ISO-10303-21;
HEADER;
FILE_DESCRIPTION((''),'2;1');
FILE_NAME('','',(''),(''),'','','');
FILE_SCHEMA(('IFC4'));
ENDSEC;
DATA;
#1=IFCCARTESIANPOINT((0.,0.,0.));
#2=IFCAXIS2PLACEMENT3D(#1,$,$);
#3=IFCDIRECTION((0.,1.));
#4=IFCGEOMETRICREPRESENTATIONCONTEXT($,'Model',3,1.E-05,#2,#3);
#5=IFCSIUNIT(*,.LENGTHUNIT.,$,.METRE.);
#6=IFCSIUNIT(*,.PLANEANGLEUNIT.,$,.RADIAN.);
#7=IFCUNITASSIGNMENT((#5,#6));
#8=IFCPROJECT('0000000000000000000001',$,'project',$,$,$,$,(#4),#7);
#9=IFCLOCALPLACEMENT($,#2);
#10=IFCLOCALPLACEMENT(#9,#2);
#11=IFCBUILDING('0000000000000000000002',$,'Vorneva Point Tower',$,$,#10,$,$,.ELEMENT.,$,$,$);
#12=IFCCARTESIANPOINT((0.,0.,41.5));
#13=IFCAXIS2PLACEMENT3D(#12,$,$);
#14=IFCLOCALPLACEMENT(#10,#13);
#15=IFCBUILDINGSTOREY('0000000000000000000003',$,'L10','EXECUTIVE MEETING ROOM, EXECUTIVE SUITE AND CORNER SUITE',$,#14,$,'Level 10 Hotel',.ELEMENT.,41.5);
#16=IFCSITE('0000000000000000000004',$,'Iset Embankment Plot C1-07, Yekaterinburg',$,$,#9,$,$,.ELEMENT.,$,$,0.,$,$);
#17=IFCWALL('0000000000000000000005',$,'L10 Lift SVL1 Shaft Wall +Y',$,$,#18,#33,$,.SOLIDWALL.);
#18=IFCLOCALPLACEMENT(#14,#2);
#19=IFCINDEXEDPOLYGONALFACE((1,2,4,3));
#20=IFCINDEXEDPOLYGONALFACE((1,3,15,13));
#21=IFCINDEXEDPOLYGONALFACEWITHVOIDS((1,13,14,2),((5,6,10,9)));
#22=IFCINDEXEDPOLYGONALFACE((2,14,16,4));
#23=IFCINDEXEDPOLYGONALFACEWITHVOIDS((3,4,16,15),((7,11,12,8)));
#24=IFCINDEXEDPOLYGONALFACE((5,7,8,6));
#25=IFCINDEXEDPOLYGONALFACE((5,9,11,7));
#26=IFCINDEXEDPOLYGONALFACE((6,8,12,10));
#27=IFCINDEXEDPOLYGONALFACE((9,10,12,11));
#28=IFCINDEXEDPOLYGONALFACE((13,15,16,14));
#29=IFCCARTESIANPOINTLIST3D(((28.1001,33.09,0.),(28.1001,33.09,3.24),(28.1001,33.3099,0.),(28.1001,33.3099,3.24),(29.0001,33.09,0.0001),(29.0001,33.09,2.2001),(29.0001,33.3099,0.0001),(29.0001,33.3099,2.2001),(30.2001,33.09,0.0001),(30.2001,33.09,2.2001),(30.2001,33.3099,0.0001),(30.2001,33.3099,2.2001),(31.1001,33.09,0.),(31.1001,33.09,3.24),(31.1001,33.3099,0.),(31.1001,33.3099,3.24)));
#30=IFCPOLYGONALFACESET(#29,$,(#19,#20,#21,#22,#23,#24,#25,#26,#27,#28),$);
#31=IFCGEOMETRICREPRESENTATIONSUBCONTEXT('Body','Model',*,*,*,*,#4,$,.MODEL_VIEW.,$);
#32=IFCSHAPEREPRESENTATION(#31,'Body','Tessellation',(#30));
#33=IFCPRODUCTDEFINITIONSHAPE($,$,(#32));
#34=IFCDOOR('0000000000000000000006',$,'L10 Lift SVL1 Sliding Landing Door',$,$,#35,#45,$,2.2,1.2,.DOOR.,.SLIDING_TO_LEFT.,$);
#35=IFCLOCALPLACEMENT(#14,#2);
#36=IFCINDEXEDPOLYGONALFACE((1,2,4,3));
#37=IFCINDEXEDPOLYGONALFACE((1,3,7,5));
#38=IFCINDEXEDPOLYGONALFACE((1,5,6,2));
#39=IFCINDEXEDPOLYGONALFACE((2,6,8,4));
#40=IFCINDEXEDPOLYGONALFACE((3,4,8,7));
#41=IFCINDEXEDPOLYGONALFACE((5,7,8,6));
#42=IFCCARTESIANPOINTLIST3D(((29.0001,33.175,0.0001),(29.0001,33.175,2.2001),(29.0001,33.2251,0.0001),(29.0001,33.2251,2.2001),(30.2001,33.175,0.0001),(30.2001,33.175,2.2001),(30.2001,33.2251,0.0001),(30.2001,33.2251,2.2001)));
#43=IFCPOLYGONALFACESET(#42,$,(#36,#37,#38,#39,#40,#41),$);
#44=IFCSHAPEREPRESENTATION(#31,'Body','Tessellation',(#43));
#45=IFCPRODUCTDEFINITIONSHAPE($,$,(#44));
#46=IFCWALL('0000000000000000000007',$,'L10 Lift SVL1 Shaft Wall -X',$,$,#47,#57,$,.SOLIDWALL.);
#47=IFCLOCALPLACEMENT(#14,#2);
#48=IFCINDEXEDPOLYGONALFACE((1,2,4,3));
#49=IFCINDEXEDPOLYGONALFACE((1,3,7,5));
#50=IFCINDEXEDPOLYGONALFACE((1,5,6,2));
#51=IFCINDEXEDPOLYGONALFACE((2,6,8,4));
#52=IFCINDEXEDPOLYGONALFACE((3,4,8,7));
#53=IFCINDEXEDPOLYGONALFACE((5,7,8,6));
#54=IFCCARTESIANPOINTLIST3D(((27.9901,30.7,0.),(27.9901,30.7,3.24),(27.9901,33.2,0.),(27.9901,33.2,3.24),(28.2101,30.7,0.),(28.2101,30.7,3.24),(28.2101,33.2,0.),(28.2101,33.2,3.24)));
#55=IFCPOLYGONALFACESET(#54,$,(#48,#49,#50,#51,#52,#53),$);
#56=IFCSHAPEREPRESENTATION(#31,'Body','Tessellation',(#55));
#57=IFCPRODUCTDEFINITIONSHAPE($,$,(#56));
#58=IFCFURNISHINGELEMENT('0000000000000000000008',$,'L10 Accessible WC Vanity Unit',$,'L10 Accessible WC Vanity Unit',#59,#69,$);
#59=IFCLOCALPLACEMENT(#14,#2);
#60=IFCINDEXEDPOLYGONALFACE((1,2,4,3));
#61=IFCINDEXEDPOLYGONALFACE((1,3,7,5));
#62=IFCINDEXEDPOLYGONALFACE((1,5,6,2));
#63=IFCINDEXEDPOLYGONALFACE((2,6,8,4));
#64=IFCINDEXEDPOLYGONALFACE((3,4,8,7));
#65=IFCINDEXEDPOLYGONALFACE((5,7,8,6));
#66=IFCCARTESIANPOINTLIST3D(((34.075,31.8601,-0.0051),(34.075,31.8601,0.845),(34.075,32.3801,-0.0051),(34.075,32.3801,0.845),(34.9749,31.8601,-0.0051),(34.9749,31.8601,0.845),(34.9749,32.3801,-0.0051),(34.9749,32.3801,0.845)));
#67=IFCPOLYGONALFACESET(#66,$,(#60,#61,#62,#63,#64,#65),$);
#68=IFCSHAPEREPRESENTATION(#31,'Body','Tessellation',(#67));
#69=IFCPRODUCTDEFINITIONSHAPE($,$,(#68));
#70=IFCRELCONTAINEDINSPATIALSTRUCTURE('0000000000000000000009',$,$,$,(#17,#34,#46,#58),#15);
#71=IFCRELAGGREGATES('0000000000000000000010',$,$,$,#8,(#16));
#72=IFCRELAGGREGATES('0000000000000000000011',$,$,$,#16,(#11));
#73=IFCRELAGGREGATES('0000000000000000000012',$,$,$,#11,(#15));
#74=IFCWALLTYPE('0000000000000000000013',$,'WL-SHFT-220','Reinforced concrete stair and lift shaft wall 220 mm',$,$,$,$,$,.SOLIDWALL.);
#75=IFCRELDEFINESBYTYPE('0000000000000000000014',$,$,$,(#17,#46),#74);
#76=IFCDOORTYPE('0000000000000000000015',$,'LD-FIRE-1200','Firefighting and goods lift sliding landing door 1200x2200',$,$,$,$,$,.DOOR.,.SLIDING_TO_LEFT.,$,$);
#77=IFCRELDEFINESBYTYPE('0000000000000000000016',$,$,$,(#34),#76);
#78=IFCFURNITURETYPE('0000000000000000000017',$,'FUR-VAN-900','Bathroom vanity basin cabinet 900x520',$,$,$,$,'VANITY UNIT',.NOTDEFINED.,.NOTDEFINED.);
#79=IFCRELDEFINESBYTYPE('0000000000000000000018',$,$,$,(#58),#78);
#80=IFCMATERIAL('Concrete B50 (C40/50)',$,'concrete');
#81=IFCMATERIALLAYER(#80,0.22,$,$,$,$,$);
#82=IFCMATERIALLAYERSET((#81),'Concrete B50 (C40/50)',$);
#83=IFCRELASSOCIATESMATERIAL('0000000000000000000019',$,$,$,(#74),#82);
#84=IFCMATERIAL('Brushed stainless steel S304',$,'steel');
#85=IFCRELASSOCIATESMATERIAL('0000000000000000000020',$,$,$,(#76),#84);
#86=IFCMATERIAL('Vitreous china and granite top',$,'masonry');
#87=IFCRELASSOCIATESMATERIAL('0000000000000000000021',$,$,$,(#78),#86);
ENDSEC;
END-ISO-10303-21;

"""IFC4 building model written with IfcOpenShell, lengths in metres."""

from ifc_helpers import new_model, si_unit, direction, frame, frame_2d, origin, origin_2d, place, context, subcontext, project, spatial, rectangle, extrude, material, layer, layer_set, type_object, element, fill, save


model = new_model("IFC4")

# Units and contexts
model_context = context("Model", 3, precision=1e-05, world=origin(), true_north=direction((0.0, 1.0)))
body_context = subcontext(model_context, "Body", "Model", "MODEL_VIEW")
ifc_project = project(units=[si_unit("LENGTHUNIT", "METRE"), si_unit("PLANEANGLEUNIT", "RADIAN")], contexts=[model_context])

# Site, building, storey
site_placement = place(None, origin())
site = spatial("IfcSite", under=ifc_project, at=site_placement, Name="Iset Embankment Plot C1-07, Yekaterinburg", CompositionType="ELEMENT", RefElevation=0.0)
building_placement = place(site_placement, origin())
building = spatial("IfcBuilding", under=site, at=building_placement, Name="Vorneva Point Tower", CompositionType="ELEMENT")
storey_placement = place(building_placement, frame((0.0, 0.0, 41.5)))
storey = spatial("IfcBuildingStorey", under=building, at=storey_placement, Name="L10", Description="EXECUTIVE MEETING ROOM, EXECUTIVE SUITE AND CORNER SUITE", LongName="Level 10 Hotel", CompositionType="ELEMENT", Elevation=41.5)

# Shared definitions
ifc_material_1 = material(Name="Concrete B50 (C40/50)", Category="concrete")
ifc_layer_1 = layer(ifc_material_1, 0.22)
ifc_layer_set_1 = layer_set([ifc_layer_1], Name="Concrete B50 (C40/50)")
wall_type_1 = type_object("IfcWallType", Name="WL-SHFT-220", Description="Reinforced concrete stair and lift shaft wall 220 mm", PredefinedType="SOLIDWALL", material=ifc_layer_set_1)

# Wall, opening, door
wall_1_placement = place(storey_placement, frame((31.1001, 33.2, 0.0), z_axis=(0.0, 0.0, 1.0), x_axis=(-1.0, 0.0, 0.0)))
wall_1 = element("IfcWall", 1, at=wall_1_placement, inside=storey, type_object=wall_type_1, Name="L10 Lift SVL1 Shaft Wall +Y", PredefinedType="SOLIDWALL", context=body_context, shape_type="SweptSolid", body=[
    extrude(rectangle(XDim=3.0, YDim=0.22, at=frame_2d((1.5, 0.0))), origin(), (0.0, 0.0, 1.0), 3.24),
])
opening_1_placement = place(wall_1_placement, frame((0.8999, 0.0, 0.0)))
opening_1 = element("IfcOpeningElement", 2, at=opening_1_placement, cuts=wall_1, PredefinedType="OPENING", context=body_context, shape_type="SweptSolid", body=[
    extrude(rectangle(XDim=1.2, YDim=2.2, at=frame_2d((0.6001, 1.1001))), frame((0.0, 0.125, 0.0), z_axis=(0.0, -1.0, 0.0), x_axis=(1.0, 0.0, 0.0)), (0.0, 0.0, 1.0), 0.2498),
])
ifc_material_2 = material(Name="Brushed stainless steel S304", Category="steel")
door_type_1 = type_object("IfcDoorType", Name="LD-FIRE-1200", Description="Firefighting and goods lift sliding landing door 1200x2200", OperationType="SLIDING_TO_LEFT", PredefinedType="DOOR", material=ifc_material_2)
door_1_placement = place(opening_1_placement, origin())
door_1 = element("IfcDoor", 3, at=door_1_placement, inside=storey, type_object=door_type_1, Name="L10 Lift SVL1 Sliding Landing Door", OperationType="SLIDING_TO_LEFT", OverallHeight=2.2, OverallWidth=1.2, PredefinedType="DOOR", context=body_context, shape_type="SweptSolid", body=[
    extrude(rectangle(XDim=1.2, YDim=2.2, at=frame_2d((0.6001, 1.1001))), frame((0.0, 0.0249, 0.0), z_axis=(0.0, -1.0, 0.0), x_axis=(1.0, 0.0, 0.0)), (0.0, 0.0, 1.0), 0.05),
])
fill(opening_1, door_1)

# Wall
wall_2_placement = place(storey_placement, frame((28.1001, 33.2, 0.0), z_axis=(0.0, 0.0, 1.0), x_axis=(0.0, -1.0, 0.0)))
element("IfcWall", 4, at=wall_2_placement, inside=storey, type_object=wall_type_1, Name="L10 Lift SVL1 Shaft Wall -X", PredefinedType="SOLIDWALL", context=body_context, shape_type="SweptSolid", body=[
    extrude(rectangle(XDim=2.5, YDim=0.22, at=frame_2d((1.25, 0.0))), origin(), (0.0, 0.0, 1.0), 3.24),
])

# Furnishing element
ifc_material_3 = material(Name="Vitreous china and granite top", Category="masonry")
furniture_type = type_object("IfcFurnitureType", Name="FUR-VAN-900", Description="Bathroom vanity basin cabinet 900x520", ElementType="VANITY UNIT", AssemblyPlace="NOTDEFINED", PredefinedType="NOTDEFINED", material=ifc_material_3)
furnishing_placement = place(storey_placement, frame((34.5249, 32.1201, -0.0051), z_axis=(0.0, 0.0, 1.0), x_axis=(1.0, 0.0, 0.0)))
element("IfcFurnishingElement", 5, at=furnishing_placement, inside=storey, type_object=furniture_type, Name="L10 Accessible WC Vanity Unit", ObjectType="L10 Accessible WC Vanity Unit", context=body_context, shape_type="SweptSolid", body=[
    extrude(rectangle(XDim=0.8999, YDim=0.52, at=origin_2d()), origin(), (0.0, 0.0, 1.0), 0.8501),
])

save(model, "model.ifc")
